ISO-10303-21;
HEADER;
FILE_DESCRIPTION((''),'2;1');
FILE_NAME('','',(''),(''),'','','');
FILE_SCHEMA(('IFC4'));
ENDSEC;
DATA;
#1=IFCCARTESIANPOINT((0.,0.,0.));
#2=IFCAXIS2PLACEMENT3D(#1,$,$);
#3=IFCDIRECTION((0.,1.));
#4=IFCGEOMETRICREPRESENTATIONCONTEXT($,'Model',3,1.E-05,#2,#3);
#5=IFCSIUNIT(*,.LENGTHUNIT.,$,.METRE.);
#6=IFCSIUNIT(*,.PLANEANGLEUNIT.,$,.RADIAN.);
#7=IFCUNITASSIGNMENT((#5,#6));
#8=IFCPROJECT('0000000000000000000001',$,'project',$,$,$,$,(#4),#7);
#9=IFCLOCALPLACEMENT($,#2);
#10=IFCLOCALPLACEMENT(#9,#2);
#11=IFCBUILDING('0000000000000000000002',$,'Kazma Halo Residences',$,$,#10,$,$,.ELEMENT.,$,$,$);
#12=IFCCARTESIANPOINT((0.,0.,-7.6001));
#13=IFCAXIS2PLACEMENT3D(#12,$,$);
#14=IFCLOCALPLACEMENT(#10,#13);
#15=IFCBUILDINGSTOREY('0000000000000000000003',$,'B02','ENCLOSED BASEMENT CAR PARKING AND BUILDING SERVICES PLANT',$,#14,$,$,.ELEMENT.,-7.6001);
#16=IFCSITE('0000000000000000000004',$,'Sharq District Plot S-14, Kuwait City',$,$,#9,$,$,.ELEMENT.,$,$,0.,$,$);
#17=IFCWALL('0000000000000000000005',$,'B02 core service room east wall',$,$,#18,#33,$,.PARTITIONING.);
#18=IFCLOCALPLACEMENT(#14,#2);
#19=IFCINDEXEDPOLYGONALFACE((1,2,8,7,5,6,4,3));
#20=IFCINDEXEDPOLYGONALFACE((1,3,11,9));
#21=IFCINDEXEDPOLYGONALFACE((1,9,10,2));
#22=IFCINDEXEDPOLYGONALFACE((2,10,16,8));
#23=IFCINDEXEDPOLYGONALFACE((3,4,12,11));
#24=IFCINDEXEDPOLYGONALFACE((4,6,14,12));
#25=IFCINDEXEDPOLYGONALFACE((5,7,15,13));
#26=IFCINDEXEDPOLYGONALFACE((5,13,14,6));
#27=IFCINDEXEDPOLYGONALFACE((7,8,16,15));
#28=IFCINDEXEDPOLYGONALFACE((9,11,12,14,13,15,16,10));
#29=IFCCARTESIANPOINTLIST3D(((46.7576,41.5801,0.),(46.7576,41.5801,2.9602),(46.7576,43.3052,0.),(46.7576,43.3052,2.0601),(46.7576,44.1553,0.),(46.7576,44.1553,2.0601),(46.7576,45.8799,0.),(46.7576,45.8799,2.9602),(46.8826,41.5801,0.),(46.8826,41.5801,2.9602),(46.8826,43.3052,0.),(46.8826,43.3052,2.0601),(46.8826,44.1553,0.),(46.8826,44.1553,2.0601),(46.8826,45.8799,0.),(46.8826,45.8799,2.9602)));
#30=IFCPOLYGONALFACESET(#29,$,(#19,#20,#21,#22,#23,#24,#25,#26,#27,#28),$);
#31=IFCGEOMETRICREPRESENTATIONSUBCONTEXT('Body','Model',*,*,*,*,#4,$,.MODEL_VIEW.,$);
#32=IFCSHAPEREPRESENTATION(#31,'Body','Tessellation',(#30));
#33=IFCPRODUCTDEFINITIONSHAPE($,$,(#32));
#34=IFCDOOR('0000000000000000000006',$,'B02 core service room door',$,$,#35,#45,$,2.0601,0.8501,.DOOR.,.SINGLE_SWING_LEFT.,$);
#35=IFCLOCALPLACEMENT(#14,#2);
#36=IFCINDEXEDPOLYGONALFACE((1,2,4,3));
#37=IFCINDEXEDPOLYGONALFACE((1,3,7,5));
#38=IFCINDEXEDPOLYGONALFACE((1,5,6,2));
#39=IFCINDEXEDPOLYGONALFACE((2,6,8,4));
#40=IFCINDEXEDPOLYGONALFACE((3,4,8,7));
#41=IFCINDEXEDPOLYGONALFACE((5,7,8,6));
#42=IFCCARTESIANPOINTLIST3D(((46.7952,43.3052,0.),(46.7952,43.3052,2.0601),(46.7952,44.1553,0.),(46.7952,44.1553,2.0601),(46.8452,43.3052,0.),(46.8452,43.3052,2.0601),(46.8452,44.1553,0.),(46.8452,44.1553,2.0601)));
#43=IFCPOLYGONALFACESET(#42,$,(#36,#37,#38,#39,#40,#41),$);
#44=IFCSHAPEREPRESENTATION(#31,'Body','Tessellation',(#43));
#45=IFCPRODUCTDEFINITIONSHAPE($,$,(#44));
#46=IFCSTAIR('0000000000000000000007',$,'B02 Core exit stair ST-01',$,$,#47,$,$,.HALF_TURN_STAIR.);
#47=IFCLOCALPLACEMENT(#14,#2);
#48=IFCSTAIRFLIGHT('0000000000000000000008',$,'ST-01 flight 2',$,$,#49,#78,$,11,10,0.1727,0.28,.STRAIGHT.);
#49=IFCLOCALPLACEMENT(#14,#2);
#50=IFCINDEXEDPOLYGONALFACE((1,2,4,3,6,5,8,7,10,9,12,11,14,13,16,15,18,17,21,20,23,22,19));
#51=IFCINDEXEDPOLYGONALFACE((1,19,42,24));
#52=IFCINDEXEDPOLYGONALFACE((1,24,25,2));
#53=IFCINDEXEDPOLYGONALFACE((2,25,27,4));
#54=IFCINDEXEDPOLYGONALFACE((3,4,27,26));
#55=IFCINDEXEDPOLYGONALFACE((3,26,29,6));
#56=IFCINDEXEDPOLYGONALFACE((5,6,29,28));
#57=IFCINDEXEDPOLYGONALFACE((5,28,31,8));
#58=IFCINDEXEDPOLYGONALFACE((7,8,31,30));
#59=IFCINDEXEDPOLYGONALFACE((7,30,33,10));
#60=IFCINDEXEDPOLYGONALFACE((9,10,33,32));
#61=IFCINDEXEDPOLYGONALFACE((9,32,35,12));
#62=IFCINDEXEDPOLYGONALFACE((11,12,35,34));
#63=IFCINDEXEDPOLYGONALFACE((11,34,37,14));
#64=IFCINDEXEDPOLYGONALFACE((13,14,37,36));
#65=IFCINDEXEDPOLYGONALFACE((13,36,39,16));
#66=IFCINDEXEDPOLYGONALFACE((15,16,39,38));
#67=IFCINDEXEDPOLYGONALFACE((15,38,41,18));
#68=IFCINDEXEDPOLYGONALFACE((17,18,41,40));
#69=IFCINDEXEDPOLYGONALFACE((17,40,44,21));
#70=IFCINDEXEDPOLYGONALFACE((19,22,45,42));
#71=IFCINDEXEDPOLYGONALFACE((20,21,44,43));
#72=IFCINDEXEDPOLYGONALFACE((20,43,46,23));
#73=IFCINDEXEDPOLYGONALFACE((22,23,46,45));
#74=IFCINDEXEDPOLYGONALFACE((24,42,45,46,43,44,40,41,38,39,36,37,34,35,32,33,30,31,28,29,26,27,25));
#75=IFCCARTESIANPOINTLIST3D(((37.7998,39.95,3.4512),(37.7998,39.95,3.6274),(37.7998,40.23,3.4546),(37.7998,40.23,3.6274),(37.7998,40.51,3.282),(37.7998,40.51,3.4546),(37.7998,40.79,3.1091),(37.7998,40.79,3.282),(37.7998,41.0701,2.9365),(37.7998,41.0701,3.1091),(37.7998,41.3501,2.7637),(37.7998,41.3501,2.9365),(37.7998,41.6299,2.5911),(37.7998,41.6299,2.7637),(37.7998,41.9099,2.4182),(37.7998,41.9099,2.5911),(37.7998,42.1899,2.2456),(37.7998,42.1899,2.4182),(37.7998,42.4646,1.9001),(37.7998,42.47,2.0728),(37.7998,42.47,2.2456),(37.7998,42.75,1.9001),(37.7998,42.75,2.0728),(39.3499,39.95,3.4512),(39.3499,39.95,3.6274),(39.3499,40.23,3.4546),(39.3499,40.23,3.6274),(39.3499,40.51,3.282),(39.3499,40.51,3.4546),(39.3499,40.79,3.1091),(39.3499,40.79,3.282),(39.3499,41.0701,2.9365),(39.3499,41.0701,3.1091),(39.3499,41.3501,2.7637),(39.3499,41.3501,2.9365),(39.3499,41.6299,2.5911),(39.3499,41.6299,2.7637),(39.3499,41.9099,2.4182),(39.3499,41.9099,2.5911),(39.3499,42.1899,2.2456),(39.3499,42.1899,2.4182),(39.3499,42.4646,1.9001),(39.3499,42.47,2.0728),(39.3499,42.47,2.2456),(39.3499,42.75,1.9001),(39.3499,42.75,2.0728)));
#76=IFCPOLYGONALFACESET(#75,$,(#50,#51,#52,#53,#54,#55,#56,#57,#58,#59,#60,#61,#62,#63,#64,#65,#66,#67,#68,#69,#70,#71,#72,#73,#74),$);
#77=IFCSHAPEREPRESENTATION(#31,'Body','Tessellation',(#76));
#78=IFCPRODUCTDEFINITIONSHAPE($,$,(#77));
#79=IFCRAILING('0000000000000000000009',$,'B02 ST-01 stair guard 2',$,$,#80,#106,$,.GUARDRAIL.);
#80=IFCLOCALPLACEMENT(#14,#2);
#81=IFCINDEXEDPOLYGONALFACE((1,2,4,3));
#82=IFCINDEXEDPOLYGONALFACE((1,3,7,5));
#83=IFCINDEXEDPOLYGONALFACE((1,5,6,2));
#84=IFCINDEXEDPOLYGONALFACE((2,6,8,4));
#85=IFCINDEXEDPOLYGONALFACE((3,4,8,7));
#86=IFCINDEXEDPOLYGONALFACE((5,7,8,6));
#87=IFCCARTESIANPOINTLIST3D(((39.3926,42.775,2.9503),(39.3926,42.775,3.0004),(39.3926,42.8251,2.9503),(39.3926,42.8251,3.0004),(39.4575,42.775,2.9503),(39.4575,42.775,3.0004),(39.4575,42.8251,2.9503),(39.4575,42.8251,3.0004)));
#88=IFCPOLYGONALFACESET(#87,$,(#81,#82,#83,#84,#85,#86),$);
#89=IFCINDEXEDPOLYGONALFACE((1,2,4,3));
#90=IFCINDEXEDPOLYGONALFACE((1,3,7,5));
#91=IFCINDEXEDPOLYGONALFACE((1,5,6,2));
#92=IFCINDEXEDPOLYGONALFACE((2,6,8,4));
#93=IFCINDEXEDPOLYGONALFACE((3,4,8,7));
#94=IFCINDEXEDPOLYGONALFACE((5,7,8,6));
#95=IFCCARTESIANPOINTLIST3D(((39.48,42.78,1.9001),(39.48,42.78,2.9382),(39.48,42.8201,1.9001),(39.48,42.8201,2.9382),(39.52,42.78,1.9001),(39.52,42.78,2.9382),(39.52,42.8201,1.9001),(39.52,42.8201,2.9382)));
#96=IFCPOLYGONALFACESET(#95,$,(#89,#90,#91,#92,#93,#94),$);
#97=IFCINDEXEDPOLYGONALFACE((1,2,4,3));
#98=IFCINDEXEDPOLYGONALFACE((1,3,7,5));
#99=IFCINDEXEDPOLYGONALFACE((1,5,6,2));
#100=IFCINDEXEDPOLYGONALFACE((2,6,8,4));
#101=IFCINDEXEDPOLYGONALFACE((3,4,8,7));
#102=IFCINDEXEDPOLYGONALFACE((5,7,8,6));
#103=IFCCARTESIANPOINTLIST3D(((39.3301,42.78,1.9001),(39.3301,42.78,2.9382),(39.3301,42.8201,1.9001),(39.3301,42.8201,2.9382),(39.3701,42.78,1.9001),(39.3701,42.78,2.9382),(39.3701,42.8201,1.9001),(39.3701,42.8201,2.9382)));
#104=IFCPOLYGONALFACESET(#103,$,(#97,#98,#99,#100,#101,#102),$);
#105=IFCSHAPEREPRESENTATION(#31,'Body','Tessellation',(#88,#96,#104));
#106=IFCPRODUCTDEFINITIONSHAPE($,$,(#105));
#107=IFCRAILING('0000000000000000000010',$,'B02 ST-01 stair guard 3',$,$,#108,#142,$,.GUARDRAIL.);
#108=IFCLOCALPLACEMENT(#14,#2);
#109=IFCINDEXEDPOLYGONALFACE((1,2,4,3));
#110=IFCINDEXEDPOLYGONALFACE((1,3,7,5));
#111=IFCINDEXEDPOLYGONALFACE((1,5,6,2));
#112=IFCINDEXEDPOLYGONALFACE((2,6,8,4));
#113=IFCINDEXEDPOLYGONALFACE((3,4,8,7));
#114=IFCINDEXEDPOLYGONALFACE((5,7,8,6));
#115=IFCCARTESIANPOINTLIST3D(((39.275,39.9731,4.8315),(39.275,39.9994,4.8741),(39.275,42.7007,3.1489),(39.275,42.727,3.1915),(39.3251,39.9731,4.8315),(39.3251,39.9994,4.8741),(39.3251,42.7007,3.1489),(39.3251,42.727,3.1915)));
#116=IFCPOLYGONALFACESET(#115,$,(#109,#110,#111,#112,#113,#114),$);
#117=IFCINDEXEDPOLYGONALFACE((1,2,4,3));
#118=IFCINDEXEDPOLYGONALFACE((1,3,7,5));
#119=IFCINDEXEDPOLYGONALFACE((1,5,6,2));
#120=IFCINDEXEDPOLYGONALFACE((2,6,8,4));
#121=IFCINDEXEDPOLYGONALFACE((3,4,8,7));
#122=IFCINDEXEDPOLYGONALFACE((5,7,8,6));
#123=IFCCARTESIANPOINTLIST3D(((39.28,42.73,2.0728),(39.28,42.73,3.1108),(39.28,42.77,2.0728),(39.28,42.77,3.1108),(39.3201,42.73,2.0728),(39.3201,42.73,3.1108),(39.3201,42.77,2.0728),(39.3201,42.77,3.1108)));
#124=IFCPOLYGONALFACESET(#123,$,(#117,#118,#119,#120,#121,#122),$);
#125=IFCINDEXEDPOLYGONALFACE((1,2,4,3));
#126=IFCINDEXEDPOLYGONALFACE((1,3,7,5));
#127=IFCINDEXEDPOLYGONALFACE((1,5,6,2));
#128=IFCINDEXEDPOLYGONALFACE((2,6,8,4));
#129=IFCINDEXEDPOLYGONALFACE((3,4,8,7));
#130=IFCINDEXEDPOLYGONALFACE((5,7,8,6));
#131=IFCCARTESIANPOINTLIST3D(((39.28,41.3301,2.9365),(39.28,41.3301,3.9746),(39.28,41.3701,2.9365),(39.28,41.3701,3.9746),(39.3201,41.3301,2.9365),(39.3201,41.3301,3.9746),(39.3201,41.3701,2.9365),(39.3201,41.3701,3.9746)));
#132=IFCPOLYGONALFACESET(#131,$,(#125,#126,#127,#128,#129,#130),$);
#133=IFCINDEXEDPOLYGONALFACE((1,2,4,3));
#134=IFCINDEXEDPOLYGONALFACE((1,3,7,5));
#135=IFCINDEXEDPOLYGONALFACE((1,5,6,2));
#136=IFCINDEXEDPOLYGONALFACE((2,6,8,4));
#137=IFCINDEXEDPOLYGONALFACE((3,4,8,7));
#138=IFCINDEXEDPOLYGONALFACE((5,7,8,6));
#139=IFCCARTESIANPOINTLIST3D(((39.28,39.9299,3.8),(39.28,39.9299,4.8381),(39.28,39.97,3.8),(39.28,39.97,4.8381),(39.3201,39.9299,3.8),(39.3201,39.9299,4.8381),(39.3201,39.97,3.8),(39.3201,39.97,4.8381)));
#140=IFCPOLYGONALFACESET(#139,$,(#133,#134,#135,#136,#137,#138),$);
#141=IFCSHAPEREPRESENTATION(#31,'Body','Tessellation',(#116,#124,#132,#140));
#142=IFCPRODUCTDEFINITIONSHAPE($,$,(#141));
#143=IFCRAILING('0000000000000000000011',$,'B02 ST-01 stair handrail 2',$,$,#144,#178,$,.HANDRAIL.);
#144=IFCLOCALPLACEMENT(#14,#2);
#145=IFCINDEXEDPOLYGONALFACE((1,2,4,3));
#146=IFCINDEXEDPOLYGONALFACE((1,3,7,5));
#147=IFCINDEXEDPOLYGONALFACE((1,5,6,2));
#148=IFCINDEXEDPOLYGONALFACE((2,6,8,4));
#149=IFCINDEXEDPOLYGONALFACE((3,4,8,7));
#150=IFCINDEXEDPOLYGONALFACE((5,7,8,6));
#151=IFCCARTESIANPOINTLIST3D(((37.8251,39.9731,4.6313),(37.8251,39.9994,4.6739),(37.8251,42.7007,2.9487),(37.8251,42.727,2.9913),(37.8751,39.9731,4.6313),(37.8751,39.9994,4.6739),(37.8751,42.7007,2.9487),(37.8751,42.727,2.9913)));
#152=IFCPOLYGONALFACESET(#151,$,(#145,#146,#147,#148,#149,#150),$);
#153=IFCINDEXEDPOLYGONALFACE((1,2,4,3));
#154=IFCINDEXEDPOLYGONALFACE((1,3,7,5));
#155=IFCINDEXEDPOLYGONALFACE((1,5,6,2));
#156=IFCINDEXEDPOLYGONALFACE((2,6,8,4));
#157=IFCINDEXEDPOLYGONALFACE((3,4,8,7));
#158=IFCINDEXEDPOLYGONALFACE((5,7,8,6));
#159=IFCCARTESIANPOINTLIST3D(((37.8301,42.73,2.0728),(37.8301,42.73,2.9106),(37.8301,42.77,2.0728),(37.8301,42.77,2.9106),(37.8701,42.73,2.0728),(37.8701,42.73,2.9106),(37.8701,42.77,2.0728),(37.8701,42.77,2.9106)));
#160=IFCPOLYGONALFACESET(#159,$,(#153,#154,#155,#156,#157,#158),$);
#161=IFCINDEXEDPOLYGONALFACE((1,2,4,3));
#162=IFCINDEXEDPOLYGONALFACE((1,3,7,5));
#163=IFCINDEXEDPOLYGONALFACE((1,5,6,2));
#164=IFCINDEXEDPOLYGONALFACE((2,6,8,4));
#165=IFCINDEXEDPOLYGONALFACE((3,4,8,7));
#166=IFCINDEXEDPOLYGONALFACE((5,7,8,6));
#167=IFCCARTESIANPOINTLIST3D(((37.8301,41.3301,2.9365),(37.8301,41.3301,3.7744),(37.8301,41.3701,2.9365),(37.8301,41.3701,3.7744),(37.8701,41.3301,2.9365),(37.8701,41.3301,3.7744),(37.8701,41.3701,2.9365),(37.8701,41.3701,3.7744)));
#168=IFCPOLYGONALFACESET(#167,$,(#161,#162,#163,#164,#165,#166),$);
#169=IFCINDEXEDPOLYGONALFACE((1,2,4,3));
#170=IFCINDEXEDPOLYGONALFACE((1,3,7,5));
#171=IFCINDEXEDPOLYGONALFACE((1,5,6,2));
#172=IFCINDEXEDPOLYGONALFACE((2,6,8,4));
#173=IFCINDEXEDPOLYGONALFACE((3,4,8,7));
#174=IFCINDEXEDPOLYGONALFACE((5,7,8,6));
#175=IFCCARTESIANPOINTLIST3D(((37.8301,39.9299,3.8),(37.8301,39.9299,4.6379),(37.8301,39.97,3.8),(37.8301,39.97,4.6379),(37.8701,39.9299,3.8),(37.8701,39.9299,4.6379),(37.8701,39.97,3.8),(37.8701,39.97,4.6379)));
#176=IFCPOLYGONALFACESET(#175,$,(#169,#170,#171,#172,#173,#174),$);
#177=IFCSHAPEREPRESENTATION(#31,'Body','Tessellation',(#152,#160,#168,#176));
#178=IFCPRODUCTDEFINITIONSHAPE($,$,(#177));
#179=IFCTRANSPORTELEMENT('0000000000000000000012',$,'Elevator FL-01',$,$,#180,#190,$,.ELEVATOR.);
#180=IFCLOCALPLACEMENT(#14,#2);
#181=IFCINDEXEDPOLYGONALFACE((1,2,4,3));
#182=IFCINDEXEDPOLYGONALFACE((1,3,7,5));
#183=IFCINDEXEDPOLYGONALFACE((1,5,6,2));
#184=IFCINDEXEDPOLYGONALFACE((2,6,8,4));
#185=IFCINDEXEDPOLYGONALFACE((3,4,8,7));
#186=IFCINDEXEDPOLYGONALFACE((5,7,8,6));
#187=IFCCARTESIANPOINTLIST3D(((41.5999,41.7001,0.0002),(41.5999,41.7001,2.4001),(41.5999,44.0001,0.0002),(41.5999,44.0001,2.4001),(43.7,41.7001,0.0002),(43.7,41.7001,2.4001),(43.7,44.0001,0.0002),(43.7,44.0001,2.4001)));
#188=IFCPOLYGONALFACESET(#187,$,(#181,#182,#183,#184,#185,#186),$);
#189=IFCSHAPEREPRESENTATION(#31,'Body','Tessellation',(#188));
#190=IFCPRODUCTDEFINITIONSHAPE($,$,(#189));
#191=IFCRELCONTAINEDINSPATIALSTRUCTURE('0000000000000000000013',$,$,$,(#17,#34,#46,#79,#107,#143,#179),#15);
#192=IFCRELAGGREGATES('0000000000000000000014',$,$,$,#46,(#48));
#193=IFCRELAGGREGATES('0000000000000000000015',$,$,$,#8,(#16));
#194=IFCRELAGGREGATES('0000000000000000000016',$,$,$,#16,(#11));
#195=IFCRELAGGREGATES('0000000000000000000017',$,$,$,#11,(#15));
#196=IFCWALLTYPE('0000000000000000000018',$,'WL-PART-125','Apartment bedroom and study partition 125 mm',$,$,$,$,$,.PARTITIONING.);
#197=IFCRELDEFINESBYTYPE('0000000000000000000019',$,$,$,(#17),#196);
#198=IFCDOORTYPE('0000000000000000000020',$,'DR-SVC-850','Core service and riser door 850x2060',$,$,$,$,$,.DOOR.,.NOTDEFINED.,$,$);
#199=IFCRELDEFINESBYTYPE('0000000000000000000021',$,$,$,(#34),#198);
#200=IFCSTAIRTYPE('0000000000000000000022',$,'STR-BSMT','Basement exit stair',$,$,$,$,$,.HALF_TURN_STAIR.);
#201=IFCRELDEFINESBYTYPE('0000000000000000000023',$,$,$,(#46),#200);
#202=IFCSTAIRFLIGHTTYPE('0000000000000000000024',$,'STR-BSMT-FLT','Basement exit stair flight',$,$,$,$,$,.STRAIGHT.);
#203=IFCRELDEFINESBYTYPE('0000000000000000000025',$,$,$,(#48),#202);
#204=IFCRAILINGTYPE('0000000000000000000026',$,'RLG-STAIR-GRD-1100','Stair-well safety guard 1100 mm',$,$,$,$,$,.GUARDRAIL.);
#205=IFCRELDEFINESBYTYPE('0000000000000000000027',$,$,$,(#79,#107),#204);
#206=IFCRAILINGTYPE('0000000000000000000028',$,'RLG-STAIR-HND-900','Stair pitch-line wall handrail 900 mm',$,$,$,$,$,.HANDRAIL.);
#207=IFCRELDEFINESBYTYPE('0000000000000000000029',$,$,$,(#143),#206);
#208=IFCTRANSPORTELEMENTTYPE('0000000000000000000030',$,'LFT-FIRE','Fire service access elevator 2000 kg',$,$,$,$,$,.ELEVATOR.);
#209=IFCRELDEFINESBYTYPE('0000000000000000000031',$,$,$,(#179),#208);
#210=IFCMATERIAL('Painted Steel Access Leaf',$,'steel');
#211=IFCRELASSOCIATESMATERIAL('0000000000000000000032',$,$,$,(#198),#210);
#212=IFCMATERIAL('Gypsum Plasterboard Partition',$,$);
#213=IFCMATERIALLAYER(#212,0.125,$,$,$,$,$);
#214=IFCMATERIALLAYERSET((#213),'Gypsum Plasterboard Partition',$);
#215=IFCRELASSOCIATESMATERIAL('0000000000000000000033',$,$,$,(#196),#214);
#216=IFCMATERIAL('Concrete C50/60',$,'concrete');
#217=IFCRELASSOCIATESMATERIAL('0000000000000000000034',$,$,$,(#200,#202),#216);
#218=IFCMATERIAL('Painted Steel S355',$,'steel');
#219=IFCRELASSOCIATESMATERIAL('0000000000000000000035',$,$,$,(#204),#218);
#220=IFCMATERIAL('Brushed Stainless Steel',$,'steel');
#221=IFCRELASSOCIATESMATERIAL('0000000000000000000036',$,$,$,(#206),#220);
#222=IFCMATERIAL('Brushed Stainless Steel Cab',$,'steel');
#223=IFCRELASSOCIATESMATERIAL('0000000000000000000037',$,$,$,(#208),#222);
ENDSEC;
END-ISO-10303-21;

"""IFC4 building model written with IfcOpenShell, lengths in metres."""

from ifc_helpers import new_model, si_unit, direction, frame, frame_2d, origin, origin_2d, place, context, subcontext, project, spatial, polyline, rectangle, outline, extrude, material, layer, layer_set, type_object, element, fill, aggregate, save


model = new_model("IFC4")

# Units and contexts
model_context = context("Model", 3, precision=1e-05, world=origin(), true_north=direction((0.0, 1.0)))
body_context = subcontext(model_context, "Body", "Model", "MODEL_VIEW")
ifc_project = project(units=[si_unit("LENGTHUNIT", "METRE"), si_unit("PLANEANGLEUNIT", "RADIAN")], contexts=[model_context])

# Site, building, storey
site_placement = place(None, origin())
site = spatial("IfcSite", under=ifc_project, at=site_placement, Name="Sharq District Plot S-14, Kuwait City", CompositionType="ELEMENT", RefElevation=0.0)
building_placement = place(site_placement, origin())
building = spatial("IfcBuilding", under=site, at=building_placement, Name="Kazma Halo Residences", CompositionType="ELEMENT")
storey_placement = place(building_placement, frame((0.0, 0.0, -7.6001)))
storey = spatial("IfcBuildingStorey", under=building, at=storey_placement, Name="B02", Description="ENCLOSED BASEMENT CAR PARKING AND BUILDING SERVICES PLANT", CompositionType="ELEMENT", Elevation=-7.6001)

# Shared definitions
ifc_material_1 = material(Name="Concrete C50/60", Category="concrete")

# Shared definitions
ifc_material_2 = material(Name="Painted Steel Access Leaf", Category="steel")
door_type_1 = type_object("IfcDoorType", Name="DR-SVC-850", Description="Core service and riser door 850x2060", OperationType="NOTDEFINED", PredefinedType="DOOR", material=ifc_material_2)

# Shared definitions
ifc_material_3 = material(Name="Gypsum Plasterboard Partition")
ifc_layer_1 = layer(ifc_material_3, 0.125)
ifc_layer_set_1 = layer_set([ifc_layer_1], Name="Gypsum Plasterboard Partition")
wall_type_1 = type_object("IfcWallType", Name="WL-PART-125", Description="Apartment bedroom and study partition 125 mm", PredefinedType="PARTITIONING", material=ifc_layer_set_1)

# Wall, opening, door
wall_1_placement = place(storey_placement, frame((46.8201, 41.5801, 0.0), z_axis=(0.0, 0.0, 1.0), x_axis=(0.0, 1.0, 0.0)))
wall_1 = element("IfcWall", 1, at=wall_1_placement, inside=storey, type_object=wall_type_1, Name="B02 core service room east wall", PredefinedType="PARTITIONING", context=body_context, shape_type="SweptSolid", body=[
    extrude(rectangle(XDim=4.2998, YDim=0.125, at=frame_2d((2.1499, 0.0))), origin(), (0.0, 0.0, 1.0), 2.9602),
])
opening_1_placement = place(wall_1_placement, frame((1.7251, 0.0, 0.0)))
opening_1 = element("IfcOpeningElement", 2, at=opening_1_placement, cuts=wall_1, PredefinedType="OPENING", context=body_context, shape_type="SweptSolid", body=[
    extrude(rectangle(XDim=0.8501, YDim=2.0601, at=frame_2d((0.425, 1.03))), frame((0.0, 0.0725, 0.0), z_axis=(0.0, -1.0, 0.0), x_axis=(1.0, 0.0, 0.0)), (0.0, 0.0, 1.0), 0.145),
])
door_1_placement = place(opening_1_placement, origin())
door_1 = element("IfcDoor", 3, at=door_1_placement, inside=storey, type_object=door_type_1, Name="B02 core service room door", OperationType="SINGLE_SWING_LEFT", OverallHeight=2.0601, OverallWidth=0.8501, PredefinedType="DOOR", context=body_context, shape_type="SweptSolid", body=[
    extrude(rectangle(XDim=0.8501, YDim=2.0601, at=frame_2d((0.425, 1.03))), frame((0.0, 0.0249, 0.0), z_axis=(0.0, -1.0, 0.0), x_axis=(1.0, 0.0, 0.0)), (0.0, 0.0, 1.0), 0.05),
])
fill(opening_1, door_1)

# Stair, stair flight
stair_type = type_object("IfcStairType", Name="STR-BSMT", Description="Basement exit stair", PredefinedType="HALF_TURN_STAIR", material=ifc_material_1)
stair_placement = place(storey_placement, origin())
stair = element("IfcStair", 4, at=stair_placement, inside=storey, type_object=stair_type, Name="B02 Core exit stair ST-01", PredefinedType="HALF_TURN_STAIR")
stair_flight_type = type_object("IfcStairFlightType", Name="STR-BSMT-FLT", Description="Basement exit stair flight", PredefinedType="STRAIGHT", material=ifc_material_1)
stair_flight_placement = place(storey_placement, frame((38.575, 42.75, 1.9001), z_axis=(0.0, 0.0, 1.0), x_axis=(0.0, -1.0, 0.0)))
stair_flight = element("IfcStairFlight", 5, at=stair_flight_placement, type_object=stair_flight_type, Name="ST-01 flight 2", NumberOfRisers=11, NumberOfTreads=10, PredefinedType="STRAIGHT", RiserHeight=0.1727, TreadLength=0.28, context=body_context, shape_type="SweptSolid", body=[
    extrude(outline(polyline([(0.0, 0.0), (0.0, 0.1726), (0.28, 0.1726), (0.28, 0.3455), (0.5601, 0.3455), (0.5601, 0.5181), (0.8401, 0.5181), (0.8401, 0.6909), (1.1201, 0.6909), (1.1201, 0.8635), (1.3999, 0.8635), (1.3999, 1.0364), (1.6799, 1.0364), (1.6799, 1.209), (1.96, 1.209), (1.96, 1.3818), (2.24, 1.3818), (2.24, 1.5544), (2.52, 1.5544), (2.52, 1.7273), (2.8, 1.7273), (2.8, 1.8999), (2.8, 1.551), (0.2854, 0.0), (0.0, 0.0)])), frame((0.0, 0.7749, 0.0), z_axis=(0.0, -1.0, 0.0), x_axis=(1.0, 0.0, 0.0)), (0.0, 0.0, 1.0), 1.55),
])
aggregate(stair, [stair_flight])

# Railings
ifc_material_4 = material(Name="Painted Steel S355", Category="steel")
railing_type_1 = type_object("IfcRailingType", Name="RLG-STAIR-GRD-1100", Description="Stair-well safety guard 1100 mm", PredefinedType="GUARDRAIL", material=ifc_material_4)
railing_1_placement = place(storey_placement, frame((39.5, 42.8, 1.9001)))
element("IfcRailing", 6, at=railing_1_placement, inside=storey, type_object=railing_type_1, Name="B02 ST-01 stair guard 2", PredefinedType="GUARDRAIL", context=body_context, shape_type="SweptSolid", body=[
    extrude(rectangle(XDim=0.05, YDim=0.05, at=origin_2d()), frame((-0.0425, 0.0, 1.0752), z_axis=(-1.0, 0.0, 0.0), x_axis=(0.0, -1.0, 0.0)), (0.0, 0.0, 1.0), 0.0649),
    extrude(rectangle(XDim=0.04, YDim=0.04, at=origin_2d()), origin(), (0.0, 0.0, 1.0), 1.0381),
    extrude(rectangle(XDim=0.04, YDim=0.04, at=origin_2d()), frame((-0.1499, 0.0, 0.0)), (0.0, 0.0, 1.0), 1.0381),
])
railing_2_placement = place(storey_placement, frame((39.3, 42.75, 2.0728)))
element("IfcRailing", 7, at=railing_2_placement, inside=storey, type_object=railing_type_1, Name="B02 ST-01 stair guard 3", PredefinedType="GUARDRAIL", context=body_context, shape_type="SweptSolid", body=[
    extrude(rectangle(XDim=0.05, YDim=0.05, at=origin_2d()), frame((0.0, -0.0361, 1.0974), z_axis=(0.0, -0.85109, 0.52502), x_axis=(1.0, 0.0, 0.0)), (0.0, 0.0, 1.0), 3.2048),
    extrude(rectangle(XDim=0.04, YDim=0.04, at=origin_2d()), origin(), (0.0, 0.0, 1.0), 1.0381),
    extrude(rectangle(XDim=0.04, YDim=0.04, at=origin_2d()), frame((0.0, -1.3999, 0.8638)), (0.0, 0.0, 1.0), 1.0381),
    extrude(rectangle(XDim=0.04, YDim=0.04, at=origin_2d()), frame((0.0, -2.8, 1.7273)), (0.0, 0.0, 1.0), 1.0381),
])
ifc_material_5 = material(Name="Brushed Stainless Steel", Category="steel")
railing_type_2 = type_object("IfcRailingType", Name="RLG-STAIR-HND-900", Description="Stair pitch-line wall handrail 900 mm", PredefinedType="HANDRAIL", material=ifc_material_5)
railing_3_placement = place(storey_placement, frame((37.8501, 42.75, 2.0728)))
element("IfcRailing", 8, at=railing_3_placement, inside=storey, type_object=railing_type_2, Name="B02 ST-01 stair handrail 2", PredefinedType="HANDRAIL", context=body_context, shape_type="SweptSolid", body=[
    extrude(rectangle(XDim=0.05, YDim=0.05, at=origin_2d()), frame((0.0, -0.0361, 0.8972), z_axis=(0.0, -0.85109, 0.52502), x_axis=(1.0, 0.0, 0.0)), (0.0, 0.0, 1.0), 3.2048),
    extrude(rectangle(XDim=0.04, YDim=0.04, at=origin_2d()), origin(), (0.0, 0.0, 1.0), 0.8379),
    extrude(rectangle(XDim=0.04, YDim=0.04, at=origin_2d()), frame((0.0, -1.3999, 0.8638)), (0.0, 0.0, 1.0), 0.8379),
    extrude(rectangle(XDim=0.04, YDim=0.04, at=origin_2d()), frame((0.0, -2.8, 1.7273)), (0.0, 0.0, 1.0), 0.8379),
])

# Transport element
ifc_material_6 = material(Name="Brushed Stainless Steel Cab", Category="steel")
transport_element_type = type_object("IfcTransportElementType", Name="LFT-FIRE", Description="Fire service access elevator 2000 kg", PredefinedType="ELEVATOR", material=ifc_material_6)
transport_element_placement = place(storey_placement, frame((42.6499, 42.8501, 0.0002), z_axis=(0.0, 0.0, 1.0), x_axis=(1.0, 0.0, 0.0)))
element("IfcTransportElement", 9, at=transport_element_placement, inside=storey, type_object=transport_element_type, Name="Elevator FL-01", PredefinedType="ELEVATOR", context=body_context, shape_type="SweptSolid", body=[
    extrude(rectangle(XDim=2.1001, YDim=2.3, at=origin_2d()), origin(), (0.0, 0.0, 1.0), 2.3999),
])

save(model, "model.ifc")
